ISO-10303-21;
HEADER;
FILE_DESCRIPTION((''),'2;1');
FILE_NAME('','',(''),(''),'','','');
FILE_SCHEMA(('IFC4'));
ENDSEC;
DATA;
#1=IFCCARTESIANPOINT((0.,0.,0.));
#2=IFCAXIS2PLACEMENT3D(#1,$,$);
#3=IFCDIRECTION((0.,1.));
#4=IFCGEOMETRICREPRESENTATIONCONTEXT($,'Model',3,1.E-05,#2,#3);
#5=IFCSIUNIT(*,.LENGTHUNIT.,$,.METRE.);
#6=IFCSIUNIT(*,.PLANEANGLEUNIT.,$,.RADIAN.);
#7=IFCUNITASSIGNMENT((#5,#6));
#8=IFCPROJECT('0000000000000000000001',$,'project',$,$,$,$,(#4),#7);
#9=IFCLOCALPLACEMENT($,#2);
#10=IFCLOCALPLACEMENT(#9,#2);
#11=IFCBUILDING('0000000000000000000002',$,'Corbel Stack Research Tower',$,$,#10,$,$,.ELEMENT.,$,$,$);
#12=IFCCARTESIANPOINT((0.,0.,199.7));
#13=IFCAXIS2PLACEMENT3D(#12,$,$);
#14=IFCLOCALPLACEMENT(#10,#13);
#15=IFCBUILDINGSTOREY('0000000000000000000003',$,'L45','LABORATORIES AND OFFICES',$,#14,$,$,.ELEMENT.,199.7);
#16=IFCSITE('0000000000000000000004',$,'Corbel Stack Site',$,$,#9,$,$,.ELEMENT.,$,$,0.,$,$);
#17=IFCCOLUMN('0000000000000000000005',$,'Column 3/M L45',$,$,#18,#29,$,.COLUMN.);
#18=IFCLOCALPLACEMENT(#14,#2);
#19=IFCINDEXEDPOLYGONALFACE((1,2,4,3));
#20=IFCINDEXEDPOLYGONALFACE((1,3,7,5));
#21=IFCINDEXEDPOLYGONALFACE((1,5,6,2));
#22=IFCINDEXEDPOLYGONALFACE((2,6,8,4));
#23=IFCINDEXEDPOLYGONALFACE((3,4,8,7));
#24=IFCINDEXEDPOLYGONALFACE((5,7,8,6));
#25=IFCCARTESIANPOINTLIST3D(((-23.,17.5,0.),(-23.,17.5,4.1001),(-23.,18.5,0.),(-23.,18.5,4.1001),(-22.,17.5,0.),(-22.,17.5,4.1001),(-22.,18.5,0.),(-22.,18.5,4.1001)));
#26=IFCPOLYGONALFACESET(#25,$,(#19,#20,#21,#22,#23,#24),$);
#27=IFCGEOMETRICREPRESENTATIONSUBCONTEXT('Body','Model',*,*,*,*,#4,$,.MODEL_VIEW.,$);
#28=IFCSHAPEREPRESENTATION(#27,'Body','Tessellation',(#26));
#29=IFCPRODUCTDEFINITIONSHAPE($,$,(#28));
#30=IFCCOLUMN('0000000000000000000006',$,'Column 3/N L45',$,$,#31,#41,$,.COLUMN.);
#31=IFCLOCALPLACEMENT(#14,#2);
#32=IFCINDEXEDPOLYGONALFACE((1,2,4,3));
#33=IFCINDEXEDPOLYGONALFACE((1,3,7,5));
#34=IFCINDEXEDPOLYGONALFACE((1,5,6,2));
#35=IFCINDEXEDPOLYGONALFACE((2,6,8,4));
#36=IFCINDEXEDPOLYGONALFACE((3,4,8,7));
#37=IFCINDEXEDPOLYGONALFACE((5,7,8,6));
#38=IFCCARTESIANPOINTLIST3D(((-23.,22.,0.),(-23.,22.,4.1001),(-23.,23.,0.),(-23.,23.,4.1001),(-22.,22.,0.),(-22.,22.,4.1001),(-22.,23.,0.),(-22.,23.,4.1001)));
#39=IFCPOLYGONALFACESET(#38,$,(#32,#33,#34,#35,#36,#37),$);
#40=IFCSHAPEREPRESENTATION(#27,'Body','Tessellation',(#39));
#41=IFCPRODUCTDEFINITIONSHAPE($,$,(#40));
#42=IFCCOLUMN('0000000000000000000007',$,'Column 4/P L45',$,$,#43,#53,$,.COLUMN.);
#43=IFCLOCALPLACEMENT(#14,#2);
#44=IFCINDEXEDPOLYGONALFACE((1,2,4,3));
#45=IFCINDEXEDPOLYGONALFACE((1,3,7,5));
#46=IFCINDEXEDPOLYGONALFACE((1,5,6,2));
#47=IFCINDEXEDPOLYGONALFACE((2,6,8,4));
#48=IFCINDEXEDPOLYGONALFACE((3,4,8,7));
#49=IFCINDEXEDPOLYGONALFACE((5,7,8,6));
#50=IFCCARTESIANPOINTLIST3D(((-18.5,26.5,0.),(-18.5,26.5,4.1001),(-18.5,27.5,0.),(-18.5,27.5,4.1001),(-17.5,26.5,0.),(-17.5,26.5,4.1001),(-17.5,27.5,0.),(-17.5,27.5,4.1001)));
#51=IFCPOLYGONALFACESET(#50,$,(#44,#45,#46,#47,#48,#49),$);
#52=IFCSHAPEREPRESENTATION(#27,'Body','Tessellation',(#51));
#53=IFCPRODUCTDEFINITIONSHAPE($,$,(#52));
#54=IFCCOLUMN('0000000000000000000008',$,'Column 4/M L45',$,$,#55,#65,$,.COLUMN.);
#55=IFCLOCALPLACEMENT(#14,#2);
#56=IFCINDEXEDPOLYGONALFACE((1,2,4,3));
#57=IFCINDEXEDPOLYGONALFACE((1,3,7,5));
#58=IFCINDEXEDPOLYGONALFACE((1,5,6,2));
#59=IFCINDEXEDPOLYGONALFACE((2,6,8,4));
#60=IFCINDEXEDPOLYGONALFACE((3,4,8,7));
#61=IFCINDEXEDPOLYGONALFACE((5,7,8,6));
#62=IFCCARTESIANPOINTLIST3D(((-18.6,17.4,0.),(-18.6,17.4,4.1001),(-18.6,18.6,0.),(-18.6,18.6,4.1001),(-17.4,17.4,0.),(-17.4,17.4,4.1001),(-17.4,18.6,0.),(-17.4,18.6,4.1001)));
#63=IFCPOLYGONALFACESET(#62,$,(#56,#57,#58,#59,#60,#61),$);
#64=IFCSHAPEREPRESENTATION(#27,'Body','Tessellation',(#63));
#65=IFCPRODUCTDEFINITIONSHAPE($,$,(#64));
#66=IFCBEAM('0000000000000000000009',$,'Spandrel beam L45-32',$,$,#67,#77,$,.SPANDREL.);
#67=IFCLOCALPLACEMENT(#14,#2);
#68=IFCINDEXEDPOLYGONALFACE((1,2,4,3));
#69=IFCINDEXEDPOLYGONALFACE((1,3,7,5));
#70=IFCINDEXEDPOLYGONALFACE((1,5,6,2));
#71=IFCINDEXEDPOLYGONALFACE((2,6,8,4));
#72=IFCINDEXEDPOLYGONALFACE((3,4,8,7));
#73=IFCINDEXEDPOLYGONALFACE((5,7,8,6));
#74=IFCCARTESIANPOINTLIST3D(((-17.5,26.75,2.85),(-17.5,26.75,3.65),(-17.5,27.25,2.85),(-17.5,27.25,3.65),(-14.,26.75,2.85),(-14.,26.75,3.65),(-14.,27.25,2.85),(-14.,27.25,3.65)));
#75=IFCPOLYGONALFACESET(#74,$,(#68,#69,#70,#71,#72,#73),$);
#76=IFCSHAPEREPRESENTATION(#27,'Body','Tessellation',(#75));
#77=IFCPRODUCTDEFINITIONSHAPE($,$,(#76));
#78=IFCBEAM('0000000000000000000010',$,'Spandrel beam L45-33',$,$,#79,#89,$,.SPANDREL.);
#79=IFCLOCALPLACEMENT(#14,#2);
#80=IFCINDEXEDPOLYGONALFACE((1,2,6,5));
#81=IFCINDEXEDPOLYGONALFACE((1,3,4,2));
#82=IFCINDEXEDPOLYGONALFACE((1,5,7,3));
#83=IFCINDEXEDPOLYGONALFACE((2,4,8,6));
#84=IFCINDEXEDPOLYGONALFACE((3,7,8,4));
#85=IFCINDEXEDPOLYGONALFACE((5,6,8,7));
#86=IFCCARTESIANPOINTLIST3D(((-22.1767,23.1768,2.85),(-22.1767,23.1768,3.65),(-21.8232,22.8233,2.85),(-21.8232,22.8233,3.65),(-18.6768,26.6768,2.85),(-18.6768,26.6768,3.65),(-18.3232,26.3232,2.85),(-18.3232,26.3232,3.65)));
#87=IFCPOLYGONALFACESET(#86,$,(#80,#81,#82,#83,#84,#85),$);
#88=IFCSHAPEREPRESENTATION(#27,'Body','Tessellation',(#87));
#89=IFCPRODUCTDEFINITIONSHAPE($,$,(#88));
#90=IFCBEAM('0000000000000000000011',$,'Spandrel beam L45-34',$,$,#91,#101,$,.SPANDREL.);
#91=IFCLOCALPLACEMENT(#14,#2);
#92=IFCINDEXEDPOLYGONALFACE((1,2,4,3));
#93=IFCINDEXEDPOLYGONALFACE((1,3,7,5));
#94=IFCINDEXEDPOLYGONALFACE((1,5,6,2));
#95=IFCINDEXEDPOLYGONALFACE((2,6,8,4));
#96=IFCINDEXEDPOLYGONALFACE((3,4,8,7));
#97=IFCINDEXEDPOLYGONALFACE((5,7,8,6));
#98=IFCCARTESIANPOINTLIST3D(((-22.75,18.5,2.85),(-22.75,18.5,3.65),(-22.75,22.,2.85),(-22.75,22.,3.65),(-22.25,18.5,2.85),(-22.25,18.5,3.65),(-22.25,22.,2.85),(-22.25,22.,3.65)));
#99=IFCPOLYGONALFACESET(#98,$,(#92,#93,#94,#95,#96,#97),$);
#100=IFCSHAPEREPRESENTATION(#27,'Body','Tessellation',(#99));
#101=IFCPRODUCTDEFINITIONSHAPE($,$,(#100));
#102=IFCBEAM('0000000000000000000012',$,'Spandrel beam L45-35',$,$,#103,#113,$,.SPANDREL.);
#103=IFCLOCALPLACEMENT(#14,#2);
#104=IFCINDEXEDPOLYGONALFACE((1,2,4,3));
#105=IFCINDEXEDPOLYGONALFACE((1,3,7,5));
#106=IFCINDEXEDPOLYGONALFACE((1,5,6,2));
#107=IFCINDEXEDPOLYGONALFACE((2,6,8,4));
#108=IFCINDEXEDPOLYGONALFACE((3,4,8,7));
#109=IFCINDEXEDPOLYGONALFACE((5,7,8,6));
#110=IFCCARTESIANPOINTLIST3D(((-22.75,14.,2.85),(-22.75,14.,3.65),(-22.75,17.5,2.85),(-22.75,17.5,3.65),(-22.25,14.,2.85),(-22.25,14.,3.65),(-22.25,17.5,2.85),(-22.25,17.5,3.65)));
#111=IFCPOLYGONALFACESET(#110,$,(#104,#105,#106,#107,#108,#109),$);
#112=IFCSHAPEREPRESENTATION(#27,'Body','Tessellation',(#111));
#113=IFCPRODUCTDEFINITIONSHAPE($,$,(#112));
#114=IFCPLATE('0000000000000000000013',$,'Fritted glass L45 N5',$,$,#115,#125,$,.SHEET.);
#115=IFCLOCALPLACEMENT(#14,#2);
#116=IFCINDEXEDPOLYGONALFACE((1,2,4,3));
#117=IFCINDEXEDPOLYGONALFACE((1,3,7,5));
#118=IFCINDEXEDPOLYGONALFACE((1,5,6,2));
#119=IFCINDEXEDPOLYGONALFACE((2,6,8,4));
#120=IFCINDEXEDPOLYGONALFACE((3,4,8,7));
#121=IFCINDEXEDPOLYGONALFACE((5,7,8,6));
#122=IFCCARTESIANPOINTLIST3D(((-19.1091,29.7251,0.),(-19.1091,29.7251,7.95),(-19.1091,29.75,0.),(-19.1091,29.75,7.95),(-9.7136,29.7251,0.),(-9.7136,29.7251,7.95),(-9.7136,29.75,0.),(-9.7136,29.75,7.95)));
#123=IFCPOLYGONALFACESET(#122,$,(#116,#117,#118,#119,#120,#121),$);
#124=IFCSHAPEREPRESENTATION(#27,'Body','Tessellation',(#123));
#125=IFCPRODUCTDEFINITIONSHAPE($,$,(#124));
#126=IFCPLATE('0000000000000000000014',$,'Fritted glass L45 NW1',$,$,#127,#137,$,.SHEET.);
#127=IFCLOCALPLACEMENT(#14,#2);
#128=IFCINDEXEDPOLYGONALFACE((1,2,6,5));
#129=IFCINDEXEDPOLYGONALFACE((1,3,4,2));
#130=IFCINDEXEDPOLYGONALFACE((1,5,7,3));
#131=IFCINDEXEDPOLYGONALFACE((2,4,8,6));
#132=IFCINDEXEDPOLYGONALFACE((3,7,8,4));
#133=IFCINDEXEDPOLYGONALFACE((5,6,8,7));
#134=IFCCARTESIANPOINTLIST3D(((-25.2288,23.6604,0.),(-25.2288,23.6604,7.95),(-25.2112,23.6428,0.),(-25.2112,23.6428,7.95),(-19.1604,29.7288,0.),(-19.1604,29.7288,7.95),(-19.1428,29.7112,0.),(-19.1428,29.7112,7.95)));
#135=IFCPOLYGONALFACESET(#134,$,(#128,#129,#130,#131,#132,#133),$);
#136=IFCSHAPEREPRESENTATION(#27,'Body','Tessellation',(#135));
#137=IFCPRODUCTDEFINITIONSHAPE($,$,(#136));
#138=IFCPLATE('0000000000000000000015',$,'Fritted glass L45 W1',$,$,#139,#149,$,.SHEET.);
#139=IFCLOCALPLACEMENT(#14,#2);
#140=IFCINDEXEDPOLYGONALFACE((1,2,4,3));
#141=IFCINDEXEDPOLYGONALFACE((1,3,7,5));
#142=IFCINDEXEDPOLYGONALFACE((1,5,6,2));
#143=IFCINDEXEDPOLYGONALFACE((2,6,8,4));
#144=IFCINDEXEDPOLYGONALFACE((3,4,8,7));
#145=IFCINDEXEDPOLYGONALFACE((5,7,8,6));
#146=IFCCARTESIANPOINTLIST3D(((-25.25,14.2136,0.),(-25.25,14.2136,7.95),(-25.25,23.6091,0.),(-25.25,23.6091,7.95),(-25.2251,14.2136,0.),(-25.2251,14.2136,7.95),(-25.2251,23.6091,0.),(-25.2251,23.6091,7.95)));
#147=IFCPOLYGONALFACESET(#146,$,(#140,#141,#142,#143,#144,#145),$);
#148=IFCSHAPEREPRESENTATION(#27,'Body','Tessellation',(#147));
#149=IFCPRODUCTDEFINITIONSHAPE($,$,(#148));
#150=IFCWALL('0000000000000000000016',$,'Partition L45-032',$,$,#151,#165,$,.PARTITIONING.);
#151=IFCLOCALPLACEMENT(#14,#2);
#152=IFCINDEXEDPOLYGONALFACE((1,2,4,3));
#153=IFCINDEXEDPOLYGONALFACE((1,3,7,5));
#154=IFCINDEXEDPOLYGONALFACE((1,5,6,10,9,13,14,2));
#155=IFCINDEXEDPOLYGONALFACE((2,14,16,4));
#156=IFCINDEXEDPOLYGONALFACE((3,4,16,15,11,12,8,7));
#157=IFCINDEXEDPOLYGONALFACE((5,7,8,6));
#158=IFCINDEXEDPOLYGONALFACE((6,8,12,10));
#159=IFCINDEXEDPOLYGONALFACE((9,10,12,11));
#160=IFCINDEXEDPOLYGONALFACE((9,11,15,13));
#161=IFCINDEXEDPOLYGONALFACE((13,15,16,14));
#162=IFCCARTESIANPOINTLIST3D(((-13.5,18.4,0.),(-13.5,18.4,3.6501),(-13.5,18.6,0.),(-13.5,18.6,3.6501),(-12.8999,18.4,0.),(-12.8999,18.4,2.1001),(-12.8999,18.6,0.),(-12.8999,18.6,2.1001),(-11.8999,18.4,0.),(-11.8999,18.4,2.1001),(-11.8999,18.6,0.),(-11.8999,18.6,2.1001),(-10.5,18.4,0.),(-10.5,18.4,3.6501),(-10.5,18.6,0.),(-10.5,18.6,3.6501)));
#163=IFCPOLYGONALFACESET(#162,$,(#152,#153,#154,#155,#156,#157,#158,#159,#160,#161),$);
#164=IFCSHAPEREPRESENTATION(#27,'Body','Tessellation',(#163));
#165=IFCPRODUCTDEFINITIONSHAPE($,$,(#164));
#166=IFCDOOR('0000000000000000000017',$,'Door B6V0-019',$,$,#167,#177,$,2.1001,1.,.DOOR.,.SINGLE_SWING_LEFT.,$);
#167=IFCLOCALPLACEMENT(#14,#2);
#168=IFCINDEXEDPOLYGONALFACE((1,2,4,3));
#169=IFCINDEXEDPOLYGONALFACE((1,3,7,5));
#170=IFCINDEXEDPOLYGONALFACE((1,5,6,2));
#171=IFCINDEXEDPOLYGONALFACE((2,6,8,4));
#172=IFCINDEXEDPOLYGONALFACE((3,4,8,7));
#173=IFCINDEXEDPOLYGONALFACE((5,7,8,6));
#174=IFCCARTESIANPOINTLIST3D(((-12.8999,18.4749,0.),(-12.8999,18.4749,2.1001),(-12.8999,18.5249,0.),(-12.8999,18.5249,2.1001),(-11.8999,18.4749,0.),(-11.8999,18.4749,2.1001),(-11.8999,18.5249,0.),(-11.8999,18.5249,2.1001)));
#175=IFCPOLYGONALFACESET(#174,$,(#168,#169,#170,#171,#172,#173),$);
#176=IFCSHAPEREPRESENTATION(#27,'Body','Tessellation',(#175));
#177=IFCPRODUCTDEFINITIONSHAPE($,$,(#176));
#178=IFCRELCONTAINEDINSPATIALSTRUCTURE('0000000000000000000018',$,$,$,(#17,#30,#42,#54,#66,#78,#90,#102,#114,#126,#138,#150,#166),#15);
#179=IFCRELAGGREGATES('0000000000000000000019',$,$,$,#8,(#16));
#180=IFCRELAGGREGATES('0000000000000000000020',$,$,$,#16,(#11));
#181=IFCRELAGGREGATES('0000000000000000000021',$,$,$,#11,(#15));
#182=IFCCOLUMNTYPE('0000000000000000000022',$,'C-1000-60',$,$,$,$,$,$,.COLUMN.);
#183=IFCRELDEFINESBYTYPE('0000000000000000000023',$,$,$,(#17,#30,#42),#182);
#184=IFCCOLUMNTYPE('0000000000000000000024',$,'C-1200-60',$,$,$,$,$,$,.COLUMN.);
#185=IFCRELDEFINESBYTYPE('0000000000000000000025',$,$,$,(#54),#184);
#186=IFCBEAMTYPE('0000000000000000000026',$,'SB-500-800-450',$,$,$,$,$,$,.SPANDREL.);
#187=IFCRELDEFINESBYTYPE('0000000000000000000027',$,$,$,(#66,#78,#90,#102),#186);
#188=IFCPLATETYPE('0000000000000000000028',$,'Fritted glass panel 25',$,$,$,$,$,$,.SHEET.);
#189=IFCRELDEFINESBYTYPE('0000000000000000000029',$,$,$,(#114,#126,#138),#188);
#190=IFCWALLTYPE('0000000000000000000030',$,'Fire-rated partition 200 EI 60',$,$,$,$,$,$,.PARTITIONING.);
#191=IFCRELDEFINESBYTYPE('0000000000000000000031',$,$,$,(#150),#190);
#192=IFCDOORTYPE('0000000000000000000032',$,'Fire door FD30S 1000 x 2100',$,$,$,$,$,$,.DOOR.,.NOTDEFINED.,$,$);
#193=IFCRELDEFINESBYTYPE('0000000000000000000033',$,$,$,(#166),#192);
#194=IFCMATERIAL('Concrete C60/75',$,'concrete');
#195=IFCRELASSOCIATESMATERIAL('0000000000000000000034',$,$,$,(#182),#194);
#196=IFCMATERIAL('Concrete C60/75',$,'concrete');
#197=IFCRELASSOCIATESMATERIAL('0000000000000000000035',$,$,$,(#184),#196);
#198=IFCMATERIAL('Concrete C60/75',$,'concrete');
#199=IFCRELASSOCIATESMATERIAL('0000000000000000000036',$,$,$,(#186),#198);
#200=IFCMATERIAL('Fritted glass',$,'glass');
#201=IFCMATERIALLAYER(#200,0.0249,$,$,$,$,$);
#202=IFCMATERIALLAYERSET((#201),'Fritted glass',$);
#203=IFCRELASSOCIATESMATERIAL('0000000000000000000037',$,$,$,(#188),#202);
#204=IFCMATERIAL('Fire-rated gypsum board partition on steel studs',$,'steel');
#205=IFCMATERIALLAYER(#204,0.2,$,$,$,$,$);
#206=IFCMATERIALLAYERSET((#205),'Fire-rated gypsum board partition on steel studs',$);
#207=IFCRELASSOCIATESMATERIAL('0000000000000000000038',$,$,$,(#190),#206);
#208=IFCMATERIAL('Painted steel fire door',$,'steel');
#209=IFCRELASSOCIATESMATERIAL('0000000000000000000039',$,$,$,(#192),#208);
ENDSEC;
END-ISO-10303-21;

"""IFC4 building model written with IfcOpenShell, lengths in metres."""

from ifc_helpers import new_model, si_unit, direction, frame, frame_2d, origin, origin_2d, place, context, subcontext, project, spatial, rectangle, extrude, material, layer, layer_set, material_profile, profile_set, type_object, element, fill, save


model = new_model("IFC4")

# Units and contexts
model_context = context("Model", 3, precision=1e-05, world=origin(), true_north=direction((0.0, 1.0)))
body_context = subcontext(model_context, "Body", "Model", "MODEL_VIEW")
ifc_project = project(units=[si_unit("LENGTHUNIT", "METRE"), si_unit("PLANEANGLEUNIT", "RADIAN")], contexts=[model_context])

# Site, building, storey
site_placement = place(None, origin())
site = spatial("IfcSite", under=ifc_project, at=site_placement, Name="Corbel Stack Site", CompositionType="ELEMENT", RefElevation=0.0)
building_placement = place(site_placement, origin())
building = spatial("IfcBuilding", under=site, at=building_placement, Name="Corbel Stack Research Tower", CompositionType="ELEMENT")
storey_placement = place(building_placement, frame((0.0, 0.0, 199.7)))
storey = spatial("IfcBuildingStorey", under=building, at=storey_placement, Name="L45", Description="LABORATORIES AND OFFICES", CompositionType="ELEMENT", Elevation=199.7)

# Columns
ifc_material_1 = material(Name="Concrete C60/75", Category="concrete")
ifc_material_profile_1 = material_profile(ifc_material_1, rectangle(XDim=1.0, YDim=1.0, at=origin_2d()), Name="RC 1000 x 1000")
ifc_profile_set_1 = profile_set([ifc_material_profile_1], Name="Concrete C60/75")
column_type_1 = type_object("IfcColumnType", Name="C-1000-60", PredefinedType="COLUMN", material=ifc_profile_set_1)
for number, where, z_axis, x_axis, name in (
    (1, (-22.5, 18.0, 0.0), (0.0, 0.0, 1.0), (1.0, 0.0, 0.0), "Column 3/M L45"),
    (2, (-22.5, 22.5, 0.0), (0.0, 0.0, 1.0), (1.0, 0.0, 0.0), "Column 3/N L45"),
    (3, (-18.0, 27.0, 0.0), (0.0, 0.0, 1.0), (1.0, 0.0, 0.0), "Column 4/P L45"),
):
    element("IfcColumn", number, at=place(storey_placement, frame(where, z_axis=z_axis, x_axis=x_axis)), inside=storey, type_object=column_type_1, Name=name, PredefinedType="COLUMN", context=body_context, shape_type="SweptSolid", body=[
        extrude(rectangle(XDim=1.0, YDim=1.0, at=origin_2d()), origin(), (0.0, 0.0, 1.0), 4.1001),
    ])
ifc_material_2 = material(Name="Concrete C60/75", Category="concrete")
ifc_material_profile_2 = material_profile(ifc_material_2, rectangle(XDim=1.2, YDim=1.2, at=origin_2d()), Name="RC 1200 x 1200")
ifc_profile_set_2 = profile_set([ifc_material_profile_2], Name="Concrete C60/75")
column_type_2 = type_object("IfcColumnType", Name="C-1200-60", PredefinedType="COLUMN", material=ifc_profile_set_2)
column_placement = place(storey_placement, frame((-18.0, 18.0, 0.0), z_axis=(0.0, 0.0, 1.0), x_axis=(1.0, 0.0, 0.0)))
element("IfcColumn", 4, at=column_placement, inside=storey, type_object=column_type_2, Name="Column 4/M L45", PredefinedType="COLUMN", context=body_context, shape_type="SweptSolid", body=[
    extrude(rectangle(XDim=1.2, YDim=1.2, at=origin_2d()), origin(), (0.0, 0.0, 1.0), 4.1001),
])

# Beams
ifc_material_3 = material(Name="Concrete C60/75", Category="concrete")
ifc_material_profile_3 = material_profile(ifc_material_3, rectangle(XDim=0.5, YDim=0.8, at=origin_2d()), Name="RC 500 x 800")
ifc_profile_set_3 = profile_set([ifc_material_profile_3], Name="Concrete C60/75")
beam_type = type_object("IfcBeamType", Name="SB-500-800-450", PredefinedType="SPANDREL", material=ifc_profile_set_3)
beam_1_placement = place(storey_placement, frame((-14.0, 27.0, 3.25), z_axis=(-1.0, 0.0, 0.0), x_axis=(0.0, -1.0, 0.0)))
element("IfcBeam", 5, at=beam_1_placement, inside=storey, type_object=beam_type, Name="Spandrel beam L45-32", PredefinedType="SPANDREL", context=body_context, shape_type="SweptSolid", body=[
    extrude(rectangle(XDim=0.5, YDim=0.8, at=origin_2d()), origin(), (0.0, 0.0, 1.0), 3.5),
])
beam_2_placement = place(storey_placement, frame((-18.5, 26.5, 3.25), z_axis=(-0.707107, -0.707107, 0.0), x_axis=(0.707107, -0.707107, 0.0)))
element("IfcBeam", 6, at=beam_2_placement, inside=storey, type_object=beam_type, Name="Spandrel beam L45-33", PredefinedType="SPANDREL", context=body_context, shape_type="SweptSolid", body=[
    extrude(rectangle(XDim=0.5, YDim=0.8, at=origin_2d()), origin(), (0.0, 0.0, 1.0), 4.9497),
])
for number, where, z_axis, x_axis, name in (
    (7, (-22.5, 22.0, 3.25), (0.0, -1.0, 0.0), (1.0, 0.0, 0.0), "Spandrel beam L45-34"),
    (8, (-22.5, 17.5, 3.25), (0.0, -1.0, 0.0), (1.0, 0.0, 0.0), "Spandrel beam L45-35"),
):
    element("IfcBeam", number, at=place(storey_placement, frame(where, z_axis=z_axis, x_axis=x_axis)), inside=storey, type_object=beam_type, Name=name, PredefinedType="SPANDREL", context=body_context, shape_type="SweptSolid", body=[
        extrude(rectangle(XDim=0.5, YDim=0.8, at=origin_2d()), origin(), (0.0, 0.0, 1.0), 3.5),
    ])

# Plates
ifc_material_4 = material(Name="Fritted glass", Category="glass")
ifc_layer_1 = layer(ifc_material_4, 0.0249)
ifc_layer_set_1 = layer_set([ifc_layer_1], Name="Fritted glass")
plate_type = type_object("IfcPlateType", Name="Fritted glass panel 25", PredefinedType="SHEET", material=ifc_layer_set_1)
plate_1_placement = place(storey_placement, frame((-14.4114, 29.7375, 0.0), z_axis=(0.0, 0.0, 1.0), x_axis=(-1.0, 0.0, 0.0)))
element("IfcPlate", 9, at=plate_1_placement, inside=storey, type_object=plate_type, Name="Fritted glass L45 N5", PredefinedType="SHEET", context=body_context, shape_type="SweptSolid", body=[
    extrude(rectangle(XDim=9.3955, YDim=0.0249, at=origin_2d()), origin(), (0.0, 0.0, 1.0), 7.95),
])
plate_2_placement = place(storey_placement, frame((-22.1858, 26.6858, 0.0), z_axis=(0.0, 0.0, 1.0), x_axis=(-0.707107, -0.707107, 0.0)))
element("IfcPlate", 10, at=plate_2_placement, inside=storey, type_object=plate_type, Name="Fritted glass L45 NW1", PredefinedType="SHEET", context=body_context, shape_type="SweptSolid", body=[
    extrude(rectangle(XDim=8.582, YDim=0.0249, at=origin_2d()), origin(), (0.0, 0.0, 1.0), 7.95),
])
plate_3_placement = place(storey_placement, frame((-25.2375, 18.9114, 0.0), z_axis=(0.0, 0.0, 1.0), x_axis=(0.0, -1.0, 0.0)))
element("IfcPlate", 11, at=plate_3_placement, inside=storey, type_object=plate_type, Name="Fritted glass L45 W1", PredefinedType="SHEET", context=body_context, shape_type="SweptSolid", body=[
    extrude(rectangle(XDim=9.3955, YDim=0.0249, at=origin_2d()), origin(), (0.0, 0.0, 1.0), 7.95),
])

# Wall, opening, door
ifc_material_5 = material(Name="Fire-rated gypsum board partition on steel studs", Category="steel")
ifc_layer_2 = layer(ifc_material_5, 0.2)
ifc_layer_set_2 = layer_set([ifc_layer_2], Name="Fire-rated gypsum board partition on steel studs")
wall_type_1 = type_object("IfcWallType", Name="Fire-rated partition 200 EI 60", PredefinedType="PARTITIONING", material=ifc_layer_set_2)
wall_1_placement = place(storey_placement, frame((-13.5, 18.5, 0.0), z_axis=(0.0, 0.0, 1.0), x_axis=(1.0, 0.0, 0.0)))
wall_1 = element("IfcWall", 12, at=wall_1_placement, inside=storey, type_object=wall_type_1, Name="Partition L45-032", PredefinedType="PARTITIONING", context=body_context, shape_type="SweptSolid", body=[
    extrude(rectangle(XDim=3.0, YDim=0.2, at=frame_2d((1.5, 0.0))), origin(), (0.0, 0.0, 1.0), 3.6501),
])
opening_1_placement = place(wall_1_placement, frame((0.6001, 0.0, 0.0)))
opening_1 = element("IfcOpeningElement", 13, at=opening_1_placement, cuts=wall_1, PredefinedType="OPENING", context=body_context, shape_type="SweptSolid", body=[
    extrude(rectangle(XDim=1.0, YDim=2.1001, at=frame_2d((0.5, 1.05))), frame((0.0, 0.1099, 0.0), z_axis=(0.0, -1.0, 0.0), x_axis=(1.0, 0.0, 0.0)), (0.0, 0.0, 1.0), 0.22),
])
ifc_material_6 = material(Name="Painted steel fire door", Category="steel")
door_type_1 = type_object("IfcDoorType", Name="Fire door FD30S 1000 x 2100", OperationType="NOTDEFINED", PredefinedType="DOOR", material=ifc_material_6)
door_1_placement = place(opening_1_placement, origin())
door_1 = element("IfcDoor", 14, at=door_1_placement, inside=storey, type_object=door_type_1, Name="Door B6V0-019", OperationType="SINGLE_SWING_LEFT", OverallHeight=2.1001, OverallWidth=1.0, PredefinedType="DOOR", context=body_context, shape_type="SweptSolid", body=[
    extrude(rectangle(XDim=1.0, YDim=2.1001, at=frame_2d((0.5, 1.05))), frame((0.0, 0.0249, 0.0), z_axis=(0.0, -1.0, 0.0), x_axis=(1.0, 0.0, 0.0)), (0.0, 0.0, 1.0), 0.05),
])
fill(opening_1, door_1)

save(model, "model.ifc")
